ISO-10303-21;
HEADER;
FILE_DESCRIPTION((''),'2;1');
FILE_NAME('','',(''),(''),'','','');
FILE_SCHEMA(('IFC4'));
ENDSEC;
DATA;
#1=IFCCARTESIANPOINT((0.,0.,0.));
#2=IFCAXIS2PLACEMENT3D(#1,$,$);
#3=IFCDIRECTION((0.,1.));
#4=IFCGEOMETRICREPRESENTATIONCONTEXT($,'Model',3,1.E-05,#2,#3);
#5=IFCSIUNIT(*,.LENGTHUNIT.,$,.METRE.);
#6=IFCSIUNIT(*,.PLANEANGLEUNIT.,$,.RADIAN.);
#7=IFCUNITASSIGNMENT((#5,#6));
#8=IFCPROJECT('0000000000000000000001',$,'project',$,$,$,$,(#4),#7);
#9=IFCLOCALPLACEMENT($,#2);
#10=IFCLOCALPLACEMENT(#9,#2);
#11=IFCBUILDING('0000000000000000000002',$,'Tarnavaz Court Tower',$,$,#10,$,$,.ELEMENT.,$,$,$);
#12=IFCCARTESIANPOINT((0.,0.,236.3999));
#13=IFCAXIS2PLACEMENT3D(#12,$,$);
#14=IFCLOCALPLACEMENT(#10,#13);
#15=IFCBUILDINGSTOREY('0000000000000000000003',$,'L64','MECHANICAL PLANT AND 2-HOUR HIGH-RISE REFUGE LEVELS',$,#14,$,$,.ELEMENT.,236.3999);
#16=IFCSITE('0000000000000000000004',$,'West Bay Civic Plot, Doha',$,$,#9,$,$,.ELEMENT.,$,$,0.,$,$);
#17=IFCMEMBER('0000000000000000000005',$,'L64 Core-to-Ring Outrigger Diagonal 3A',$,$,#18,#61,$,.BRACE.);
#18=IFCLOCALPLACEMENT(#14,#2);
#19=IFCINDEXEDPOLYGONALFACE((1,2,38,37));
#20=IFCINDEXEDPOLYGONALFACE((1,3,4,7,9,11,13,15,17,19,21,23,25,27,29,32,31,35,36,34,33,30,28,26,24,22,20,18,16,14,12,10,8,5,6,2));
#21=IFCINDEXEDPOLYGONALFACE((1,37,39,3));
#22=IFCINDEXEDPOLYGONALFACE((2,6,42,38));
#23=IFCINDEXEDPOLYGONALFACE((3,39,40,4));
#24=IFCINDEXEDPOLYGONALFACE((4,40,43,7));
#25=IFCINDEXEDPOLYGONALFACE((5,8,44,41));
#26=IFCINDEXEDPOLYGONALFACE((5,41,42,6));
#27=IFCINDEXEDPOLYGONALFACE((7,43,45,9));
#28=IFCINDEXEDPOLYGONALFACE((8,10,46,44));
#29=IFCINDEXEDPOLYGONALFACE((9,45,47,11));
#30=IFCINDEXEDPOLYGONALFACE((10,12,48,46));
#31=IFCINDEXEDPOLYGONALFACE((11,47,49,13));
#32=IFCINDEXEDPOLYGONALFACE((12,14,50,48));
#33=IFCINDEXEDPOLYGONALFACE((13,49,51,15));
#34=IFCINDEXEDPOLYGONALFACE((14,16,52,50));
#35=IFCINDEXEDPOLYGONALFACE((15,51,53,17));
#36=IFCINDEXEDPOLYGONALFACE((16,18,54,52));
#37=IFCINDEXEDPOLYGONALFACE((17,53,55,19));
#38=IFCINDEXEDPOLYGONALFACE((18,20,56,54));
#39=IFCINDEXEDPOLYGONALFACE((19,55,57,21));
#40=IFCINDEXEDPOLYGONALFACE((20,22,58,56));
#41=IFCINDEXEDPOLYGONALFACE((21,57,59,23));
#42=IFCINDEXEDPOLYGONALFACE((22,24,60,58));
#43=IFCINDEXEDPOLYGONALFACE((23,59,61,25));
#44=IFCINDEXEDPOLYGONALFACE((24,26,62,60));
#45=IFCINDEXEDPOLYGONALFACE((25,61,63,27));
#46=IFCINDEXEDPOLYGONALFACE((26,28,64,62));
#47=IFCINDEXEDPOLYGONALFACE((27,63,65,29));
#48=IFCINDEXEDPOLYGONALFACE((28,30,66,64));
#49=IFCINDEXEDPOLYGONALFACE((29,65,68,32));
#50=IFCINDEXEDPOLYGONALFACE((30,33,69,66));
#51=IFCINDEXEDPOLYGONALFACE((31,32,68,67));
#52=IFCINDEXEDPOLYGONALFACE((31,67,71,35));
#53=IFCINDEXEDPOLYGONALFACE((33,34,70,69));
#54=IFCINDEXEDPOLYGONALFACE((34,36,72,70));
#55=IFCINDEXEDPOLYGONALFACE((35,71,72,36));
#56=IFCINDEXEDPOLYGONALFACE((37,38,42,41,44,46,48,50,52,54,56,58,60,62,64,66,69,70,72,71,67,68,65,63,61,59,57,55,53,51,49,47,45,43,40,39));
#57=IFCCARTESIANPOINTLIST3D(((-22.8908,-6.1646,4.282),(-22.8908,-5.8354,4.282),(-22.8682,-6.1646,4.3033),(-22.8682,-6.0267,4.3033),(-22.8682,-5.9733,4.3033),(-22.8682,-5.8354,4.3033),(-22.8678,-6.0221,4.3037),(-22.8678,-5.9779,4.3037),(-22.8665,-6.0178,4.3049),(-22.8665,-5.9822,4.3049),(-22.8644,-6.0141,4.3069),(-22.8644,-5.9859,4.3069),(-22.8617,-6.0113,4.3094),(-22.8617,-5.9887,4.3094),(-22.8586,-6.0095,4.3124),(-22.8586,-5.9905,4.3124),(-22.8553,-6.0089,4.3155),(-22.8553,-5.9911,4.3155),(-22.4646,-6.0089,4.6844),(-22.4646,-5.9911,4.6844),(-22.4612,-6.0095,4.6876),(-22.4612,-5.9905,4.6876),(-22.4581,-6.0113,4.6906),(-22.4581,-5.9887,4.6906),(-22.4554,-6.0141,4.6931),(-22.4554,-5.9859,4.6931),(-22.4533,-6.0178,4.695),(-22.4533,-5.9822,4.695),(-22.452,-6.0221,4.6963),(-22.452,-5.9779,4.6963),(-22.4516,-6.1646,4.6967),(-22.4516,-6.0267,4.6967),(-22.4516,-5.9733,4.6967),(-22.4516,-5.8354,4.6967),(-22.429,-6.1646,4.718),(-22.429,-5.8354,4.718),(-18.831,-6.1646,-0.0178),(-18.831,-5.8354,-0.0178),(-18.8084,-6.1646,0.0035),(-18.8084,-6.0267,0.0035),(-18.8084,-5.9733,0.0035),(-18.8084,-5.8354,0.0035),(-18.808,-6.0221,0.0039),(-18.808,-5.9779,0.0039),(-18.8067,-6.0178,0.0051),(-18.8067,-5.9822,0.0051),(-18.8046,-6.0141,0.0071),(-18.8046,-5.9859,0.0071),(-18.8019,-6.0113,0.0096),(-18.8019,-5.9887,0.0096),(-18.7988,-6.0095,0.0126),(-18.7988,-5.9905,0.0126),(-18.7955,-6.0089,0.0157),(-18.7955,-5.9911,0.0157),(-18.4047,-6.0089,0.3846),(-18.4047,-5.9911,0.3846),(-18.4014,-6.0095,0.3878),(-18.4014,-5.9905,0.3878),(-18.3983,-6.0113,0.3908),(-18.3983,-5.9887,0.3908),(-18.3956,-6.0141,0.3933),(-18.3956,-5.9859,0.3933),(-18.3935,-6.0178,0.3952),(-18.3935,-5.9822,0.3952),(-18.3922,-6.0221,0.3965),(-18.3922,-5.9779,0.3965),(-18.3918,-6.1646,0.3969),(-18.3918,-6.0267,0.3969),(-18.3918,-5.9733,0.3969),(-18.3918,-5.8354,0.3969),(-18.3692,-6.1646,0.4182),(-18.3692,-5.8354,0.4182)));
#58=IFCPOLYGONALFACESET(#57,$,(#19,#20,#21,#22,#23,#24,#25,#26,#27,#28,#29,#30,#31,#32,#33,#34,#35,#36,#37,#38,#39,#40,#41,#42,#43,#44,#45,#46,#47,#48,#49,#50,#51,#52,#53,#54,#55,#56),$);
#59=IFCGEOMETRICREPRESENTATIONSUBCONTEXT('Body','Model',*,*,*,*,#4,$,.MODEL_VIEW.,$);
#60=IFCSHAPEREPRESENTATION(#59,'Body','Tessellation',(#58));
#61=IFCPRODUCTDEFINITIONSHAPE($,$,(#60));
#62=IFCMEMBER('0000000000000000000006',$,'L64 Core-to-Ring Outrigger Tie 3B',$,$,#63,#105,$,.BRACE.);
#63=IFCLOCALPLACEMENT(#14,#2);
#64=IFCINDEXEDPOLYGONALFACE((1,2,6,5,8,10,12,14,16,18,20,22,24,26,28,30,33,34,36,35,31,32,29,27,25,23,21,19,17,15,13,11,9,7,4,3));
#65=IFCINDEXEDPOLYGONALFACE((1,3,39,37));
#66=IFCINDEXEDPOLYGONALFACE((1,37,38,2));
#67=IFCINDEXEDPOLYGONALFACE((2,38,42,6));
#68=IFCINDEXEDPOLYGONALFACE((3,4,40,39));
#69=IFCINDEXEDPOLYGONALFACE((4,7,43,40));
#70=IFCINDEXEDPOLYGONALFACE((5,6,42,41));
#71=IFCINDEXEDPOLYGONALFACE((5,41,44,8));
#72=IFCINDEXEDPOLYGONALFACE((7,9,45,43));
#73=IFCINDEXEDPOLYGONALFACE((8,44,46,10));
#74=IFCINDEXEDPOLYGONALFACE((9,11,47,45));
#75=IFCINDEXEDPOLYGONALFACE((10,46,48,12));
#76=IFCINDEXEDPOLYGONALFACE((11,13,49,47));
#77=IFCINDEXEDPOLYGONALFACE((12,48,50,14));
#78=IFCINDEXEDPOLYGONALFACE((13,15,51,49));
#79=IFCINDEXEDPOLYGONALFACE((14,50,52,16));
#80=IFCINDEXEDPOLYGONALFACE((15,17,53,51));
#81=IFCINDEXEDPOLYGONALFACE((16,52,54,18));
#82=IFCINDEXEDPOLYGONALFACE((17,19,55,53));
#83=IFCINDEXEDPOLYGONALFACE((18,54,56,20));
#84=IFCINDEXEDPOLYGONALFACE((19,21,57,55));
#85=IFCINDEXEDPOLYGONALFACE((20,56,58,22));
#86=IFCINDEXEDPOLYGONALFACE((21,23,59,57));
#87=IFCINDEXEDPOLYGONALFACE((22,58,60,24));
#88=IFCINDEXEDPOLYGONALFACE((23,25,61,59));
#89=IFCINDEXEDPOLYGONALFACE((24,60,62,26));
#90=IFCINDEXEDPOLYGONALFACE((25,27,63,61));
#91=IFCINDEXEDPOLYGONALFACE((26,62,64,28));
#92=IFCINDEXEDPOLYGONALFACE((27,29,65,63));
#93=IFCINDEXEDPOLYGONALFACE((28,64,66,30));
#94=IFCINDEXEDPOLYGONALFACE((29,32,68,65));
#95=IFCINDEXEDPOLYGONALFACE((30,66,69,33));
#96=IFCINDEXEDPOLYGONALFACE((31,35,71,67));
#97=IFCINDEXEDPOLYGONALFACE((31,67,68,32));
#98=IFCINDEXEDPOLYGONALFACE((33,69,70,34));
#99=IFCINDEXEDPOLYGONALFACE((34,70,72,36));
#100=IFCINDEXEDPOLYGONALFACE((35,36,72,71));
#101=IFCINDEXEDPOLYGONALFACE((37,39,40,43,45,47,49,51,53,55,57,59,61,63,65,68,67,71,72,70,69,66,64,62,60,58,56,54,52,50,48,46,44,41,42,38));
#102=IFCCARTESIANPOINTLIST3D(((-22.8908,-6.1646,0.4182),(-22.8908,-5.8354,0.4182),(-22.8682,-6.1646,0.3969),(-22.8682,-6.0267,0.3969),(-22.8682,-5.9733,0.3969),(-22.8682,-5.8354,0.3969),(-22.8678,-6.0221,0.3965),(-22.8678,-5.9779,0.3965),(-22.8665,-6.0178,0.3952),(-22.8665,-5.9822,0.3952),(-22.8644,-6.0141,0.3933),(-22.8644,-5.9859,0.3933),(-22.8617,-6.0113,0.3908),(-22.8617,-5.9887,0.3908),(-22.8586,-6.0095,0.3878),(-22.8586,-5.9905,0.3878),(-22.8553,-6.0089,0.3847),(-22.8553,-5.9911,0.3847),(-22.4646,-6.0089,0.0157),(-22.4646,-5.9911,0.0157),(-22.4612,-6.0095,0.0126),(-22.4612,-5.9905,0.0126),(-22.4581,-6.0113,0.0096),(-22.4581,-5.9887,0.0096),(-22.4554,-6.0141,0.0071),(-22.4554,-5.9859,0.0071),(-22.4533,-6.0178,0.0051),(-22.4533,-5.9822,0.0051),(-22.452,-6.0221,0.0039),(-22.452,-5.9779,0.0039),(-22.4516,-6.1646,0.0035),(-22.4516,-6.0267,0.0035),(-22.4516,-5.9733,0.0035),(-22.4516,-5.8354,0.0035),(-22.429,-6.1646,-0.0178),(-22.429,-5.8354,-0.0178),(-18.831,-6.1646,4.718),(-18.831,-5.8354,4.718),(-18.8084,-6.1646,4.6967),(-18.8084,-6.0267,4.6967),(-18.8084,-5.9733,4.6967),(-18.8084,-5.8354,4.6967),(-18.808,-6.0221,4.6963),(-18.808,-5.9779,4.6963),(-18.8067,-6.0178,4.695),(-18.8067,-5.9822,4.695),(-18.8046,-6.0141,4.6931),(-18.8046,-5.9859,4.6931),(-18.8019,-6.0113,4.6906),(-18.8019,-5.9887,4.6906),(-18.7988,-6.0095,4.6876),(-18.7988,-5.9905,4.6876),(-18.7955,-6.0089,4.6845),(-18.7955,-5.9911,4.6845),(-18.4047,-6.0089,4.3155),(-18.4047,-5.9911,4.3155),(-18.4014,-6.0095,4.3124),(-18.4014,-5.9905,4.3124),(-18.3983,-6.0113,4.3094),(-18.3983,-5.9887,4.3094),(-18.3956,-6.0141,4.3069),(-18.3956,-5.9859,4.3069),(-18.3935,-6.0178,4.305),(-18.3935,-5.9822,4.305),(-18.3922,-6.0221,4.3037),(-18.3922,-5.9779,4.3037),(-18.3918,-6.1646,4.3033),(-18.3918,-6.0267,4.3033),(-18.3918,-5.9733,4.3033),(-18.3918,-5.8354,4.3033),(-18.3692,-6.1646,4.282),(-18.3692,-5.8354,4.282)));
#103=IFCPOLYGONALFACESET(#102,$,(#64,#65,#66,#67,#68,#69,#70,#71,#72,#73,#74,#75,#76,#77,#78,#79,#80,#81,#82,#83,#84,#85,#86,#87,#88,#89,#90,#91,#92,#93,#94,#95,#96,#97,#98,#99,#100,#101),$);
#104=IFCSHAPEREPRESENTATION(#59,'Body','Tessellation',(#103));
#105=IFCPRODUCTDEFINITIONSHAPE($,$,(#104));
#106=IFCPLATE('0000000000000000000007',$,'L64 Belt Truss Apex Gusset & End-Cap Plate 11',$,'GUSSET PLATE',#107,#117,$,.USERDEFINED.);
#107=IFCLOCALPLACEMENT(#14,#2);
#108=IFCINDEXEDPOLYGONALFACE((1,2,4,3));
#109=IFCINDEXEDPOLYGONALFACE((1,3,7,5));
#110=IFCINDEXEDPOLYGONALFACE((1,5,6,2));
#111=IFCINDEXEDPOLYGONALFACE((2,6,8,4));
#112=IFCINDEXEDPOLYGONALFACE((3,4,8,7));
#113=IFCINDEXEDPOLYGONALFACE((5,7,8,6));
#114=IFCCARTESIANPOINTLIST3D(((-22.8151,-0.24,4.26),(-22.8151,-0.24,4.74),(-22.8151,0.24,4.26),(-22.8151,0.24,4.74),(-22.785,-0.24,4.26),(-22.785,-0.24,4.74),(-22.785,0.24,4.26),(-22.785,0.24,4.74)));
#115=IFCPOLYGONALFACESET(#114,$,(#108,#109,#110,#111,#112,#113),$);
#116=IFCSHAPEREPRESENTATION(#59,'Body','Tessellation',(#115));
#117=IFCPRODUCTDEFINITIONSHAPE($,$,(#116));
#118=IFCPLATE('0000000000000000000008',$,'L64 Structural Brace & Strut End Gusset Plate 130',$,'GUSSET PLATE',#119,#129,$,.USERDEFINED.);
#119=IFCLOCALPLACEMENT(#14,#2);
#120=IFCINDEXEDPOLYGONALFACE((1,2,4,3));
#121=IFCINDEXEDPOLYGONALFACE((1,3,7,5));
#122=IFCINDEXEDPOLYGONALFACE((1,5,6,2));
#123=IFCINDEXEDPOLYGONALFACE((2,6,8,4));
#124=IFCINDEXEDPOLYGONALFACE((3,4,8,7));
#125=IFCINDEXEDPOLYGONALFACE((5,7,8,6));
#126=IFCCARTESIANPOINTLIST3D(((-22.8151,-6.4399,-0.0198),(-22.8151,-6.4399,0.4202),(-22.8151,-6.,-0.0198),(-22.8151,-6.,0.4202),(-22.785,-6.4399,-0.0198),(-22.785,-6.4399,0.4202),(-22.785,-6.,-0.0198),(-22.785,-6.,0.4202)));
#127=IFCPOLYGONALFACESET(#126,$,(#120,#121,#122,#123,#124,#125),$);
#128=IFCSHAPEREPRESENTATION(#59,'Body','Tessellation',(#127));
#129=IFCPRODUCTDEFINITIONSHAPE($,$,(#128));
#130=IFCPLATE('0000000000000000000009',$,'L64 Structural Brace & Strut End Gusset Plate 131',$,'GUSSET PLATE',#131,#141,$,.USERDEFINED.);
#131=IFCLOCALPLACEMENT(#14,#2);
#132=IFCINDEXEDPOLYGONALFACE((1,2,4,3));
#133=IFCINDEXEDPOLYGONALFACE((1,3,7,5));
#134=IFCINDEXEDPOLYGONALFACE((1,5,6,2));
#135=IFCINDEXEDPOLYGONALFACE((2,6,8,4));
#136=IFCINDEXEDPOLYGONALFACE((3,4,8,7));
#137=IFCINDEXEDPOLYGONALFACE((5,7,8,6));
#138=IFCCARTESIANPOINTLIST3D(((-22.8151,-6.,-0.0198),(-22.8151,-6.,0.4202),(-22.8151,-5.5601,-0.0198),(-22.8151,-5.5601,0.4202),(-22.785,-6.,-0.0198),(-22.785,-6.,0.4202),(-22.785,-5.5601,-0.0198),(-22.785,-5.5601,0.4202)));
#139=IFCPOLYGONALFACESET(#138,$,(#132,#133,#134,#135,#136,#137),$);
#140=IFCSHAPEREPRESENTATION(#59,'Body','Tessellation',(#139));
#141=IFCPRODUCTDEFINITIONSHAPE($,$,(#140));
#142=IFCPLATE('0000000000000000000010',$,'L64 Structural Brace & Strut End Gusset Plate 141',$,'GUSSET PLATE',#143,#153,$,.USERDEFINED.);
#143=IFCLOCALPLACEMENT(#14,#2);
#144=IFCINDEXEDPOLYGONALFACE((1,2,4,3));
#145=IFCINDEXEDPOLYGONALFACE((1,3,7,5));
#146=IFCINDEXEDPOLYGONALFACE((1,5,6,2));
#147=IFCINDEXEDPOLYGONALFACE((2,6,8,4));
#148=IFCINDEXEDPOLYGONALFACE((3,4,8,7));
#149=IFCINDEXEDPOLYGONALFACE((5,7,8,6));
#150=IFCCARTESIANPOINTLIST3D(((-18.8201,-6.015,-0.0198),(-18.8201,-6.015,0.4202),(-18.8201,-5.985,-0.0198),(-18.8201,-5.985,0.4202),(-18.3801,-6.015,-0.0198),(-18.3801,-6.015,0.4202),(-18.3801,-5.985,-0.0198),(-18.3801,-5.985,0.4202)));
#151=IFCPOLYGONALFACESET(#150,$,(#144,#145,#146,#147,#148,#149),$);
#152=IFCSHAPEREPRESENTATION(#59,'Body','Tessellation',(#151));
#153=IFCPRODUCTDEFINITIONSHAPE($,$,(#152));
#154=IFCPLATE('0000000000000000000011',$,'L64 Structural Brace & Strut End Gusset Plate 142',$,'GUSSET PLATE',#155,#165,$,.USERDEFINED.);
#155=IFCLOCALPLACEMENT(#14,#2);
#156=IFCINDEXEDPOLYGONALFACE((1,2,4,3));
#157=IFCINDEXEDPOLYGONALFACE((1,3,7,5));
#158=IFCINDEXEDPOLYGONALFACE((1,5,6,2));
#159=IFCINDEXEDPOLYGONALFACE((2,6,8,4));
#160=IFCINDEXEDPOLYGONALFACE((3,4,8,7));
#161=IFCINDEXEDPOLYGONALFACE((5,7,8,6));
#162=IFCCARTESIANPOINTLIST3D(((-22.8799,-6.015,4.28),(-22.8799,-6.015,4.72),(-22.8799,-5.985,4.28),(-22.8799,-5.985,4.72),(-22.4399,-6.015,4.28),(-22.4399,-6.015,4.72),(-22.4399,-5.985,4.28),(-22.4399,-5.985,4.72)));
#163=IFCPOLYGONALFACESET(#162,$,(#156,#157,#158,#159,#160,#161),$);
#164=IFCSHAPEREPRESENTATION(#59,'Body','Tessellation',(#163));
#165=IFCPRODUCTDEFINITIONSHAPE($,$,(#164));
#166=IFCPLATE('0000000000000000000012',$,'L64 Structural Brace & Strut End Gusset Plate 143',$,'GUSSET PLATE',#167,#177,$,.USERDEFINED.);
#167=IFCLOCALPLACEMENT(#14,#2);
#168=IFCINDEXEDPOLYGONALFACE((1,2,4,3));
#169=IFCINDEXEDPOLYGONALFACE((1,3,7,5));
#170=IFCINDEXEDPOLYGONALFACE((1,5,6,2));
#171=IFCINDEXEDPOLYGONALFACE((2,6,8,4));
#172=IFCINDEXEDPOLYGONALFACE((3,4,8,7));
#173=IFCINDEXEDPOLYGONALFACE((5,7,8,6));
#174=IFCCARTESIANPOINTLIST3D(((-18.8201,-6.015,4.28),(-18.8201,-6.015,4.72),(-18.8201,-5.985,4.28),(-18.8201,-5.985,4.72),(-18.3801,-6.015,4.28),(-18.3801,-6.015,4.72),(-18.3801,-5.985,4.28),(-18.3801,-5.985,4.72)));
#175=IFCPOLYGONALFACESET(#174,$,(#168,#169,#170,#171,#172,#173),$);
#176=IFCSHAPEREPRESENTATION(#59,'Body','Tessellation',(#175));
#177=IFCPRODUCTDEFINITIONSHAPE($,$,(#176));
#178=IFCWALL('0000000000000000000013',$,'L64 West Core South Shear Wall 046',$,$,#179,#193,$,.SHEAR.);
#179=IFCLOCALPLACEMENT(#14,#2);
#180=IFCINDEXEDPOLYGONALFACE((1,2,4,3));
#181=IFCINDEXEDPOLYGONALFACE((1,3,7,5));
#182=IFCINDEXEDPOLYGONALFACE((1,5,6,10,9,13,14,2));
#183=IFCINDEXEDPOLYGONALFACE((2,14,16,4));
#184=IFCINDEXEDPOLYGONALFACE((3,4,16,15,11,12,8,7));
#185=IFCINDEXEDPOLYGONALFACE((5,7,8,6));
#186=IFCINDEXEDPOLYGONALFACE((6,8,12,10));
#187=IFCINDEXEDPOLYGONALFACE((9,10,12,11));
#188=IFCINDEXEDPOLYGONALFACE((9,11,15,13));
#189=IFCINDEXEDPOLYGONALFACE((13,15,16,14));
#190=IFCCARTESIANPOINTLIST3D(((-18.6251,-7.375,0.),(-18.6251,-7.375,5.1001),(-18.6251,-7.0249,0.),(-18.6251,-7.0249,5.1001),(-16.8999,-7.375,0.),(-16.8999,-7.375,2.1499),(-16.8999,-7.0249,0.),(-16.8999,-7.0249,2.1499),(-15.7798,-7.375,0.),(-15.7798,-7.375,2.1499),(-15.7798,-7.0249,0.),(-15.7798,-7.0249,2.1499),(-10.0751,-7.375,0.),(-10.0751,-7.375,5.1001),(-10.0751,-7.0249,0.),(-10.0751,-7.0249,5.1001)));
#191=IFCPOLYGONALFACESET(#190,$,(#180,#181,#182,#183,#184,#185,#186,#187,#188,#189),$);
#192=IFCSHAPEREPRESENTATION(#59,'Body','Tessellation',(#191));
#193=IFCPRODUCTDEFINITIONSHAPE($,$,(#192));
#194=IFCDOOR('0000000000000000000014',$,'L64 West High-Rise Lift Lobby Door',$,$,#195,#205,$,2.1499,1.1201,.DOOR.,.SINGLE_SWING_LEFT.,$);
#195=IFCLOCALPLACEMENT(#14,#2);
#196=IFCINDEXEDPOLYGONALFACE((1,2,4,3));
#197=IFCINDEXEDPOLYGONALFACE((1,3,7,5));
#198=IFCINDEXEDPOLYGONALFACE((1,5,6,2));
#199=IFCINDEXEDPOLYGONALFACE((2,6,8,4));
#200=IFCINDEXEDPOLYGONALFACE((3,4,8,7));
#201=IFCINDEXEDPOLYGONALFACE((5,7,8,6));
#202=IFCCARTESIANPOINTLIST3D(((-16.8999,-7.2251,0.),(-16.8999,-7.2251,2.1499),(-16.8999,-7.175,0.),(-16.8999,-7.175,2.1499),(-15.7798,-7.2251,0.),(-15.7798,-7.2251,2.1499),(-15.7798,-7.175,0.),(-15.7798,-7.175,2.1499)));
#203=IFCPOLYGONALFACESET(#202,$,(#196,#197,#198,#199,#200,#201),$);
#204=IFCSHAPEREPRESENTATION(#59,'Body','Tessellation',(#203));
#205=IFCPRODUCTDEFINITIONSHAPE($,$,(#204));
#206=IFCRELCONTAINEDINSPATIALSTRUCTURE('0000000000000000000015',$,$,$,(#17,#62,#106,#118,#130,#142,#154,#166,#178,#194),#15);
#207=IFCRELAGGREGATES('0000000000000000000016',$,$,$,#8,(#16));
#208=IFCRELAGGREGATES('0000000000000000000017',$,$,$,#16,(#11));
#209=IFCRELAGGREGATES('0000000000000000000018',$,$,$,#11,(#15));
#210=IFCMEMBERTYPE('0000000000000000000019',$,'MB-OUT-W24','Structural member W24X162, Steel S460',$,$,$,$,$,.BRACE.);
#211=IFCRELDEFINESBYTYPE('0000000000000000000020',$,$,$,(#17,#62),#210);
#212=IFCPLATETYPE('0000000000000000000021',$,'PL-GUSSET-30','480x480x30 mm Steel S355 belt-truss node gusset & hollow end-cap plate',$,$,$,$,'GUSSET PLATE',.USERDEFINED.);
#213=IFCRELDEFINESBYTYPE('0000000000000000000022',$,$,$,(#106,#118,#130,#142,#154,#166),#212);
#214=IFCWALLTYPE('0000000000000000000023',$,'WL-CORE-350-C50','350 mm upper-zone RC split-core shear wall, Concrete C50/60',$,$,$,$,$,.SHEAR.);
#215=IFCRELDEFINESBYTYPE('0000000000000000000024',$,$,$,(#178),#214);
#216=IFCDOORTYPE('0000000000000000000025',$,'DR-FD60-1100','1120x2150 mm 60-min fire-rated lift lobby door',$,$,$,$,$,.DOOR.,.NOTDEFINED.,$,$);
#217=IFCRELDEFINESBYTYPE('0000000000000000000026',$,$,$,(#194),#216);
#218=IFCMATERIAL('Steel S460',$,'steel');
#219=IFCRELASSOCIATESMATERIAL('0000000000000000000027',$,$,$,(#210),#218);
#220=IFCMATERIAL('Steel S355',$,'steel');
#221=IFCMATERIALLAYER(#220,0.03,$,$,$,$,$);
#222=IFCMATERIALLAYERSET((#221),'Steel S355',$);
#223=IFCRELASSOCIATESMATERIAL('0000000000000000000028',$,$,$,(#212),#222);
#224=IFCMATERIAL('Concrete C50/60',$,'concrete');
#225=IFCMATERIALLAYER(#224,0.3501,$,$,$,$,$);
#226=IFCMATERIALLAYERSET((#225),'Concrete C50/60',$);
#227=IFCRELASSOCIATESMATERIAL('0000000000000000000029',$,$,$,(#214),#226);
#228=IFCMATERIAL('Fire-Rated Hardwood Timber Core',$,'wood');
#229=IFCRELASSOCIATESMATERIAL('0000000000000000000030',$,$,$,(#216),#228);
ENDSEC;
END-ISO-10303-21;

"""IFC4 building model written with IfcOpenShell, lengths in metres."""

from ifc_helpers import new_model, si_unit, direction, frame, frame_2d, origin, origin_2d, place, context, subcontext, project, spatial, rectangle, i_section, extrude, material, layer, layer_set, material_profile, profile_set, type_object, element, fill, save


model = new_model("IFC4")

# Units and contexts
model_context = context("Model", 3, precision=1e-05, world=origin(), true_north=direction((0.0, 1.0)))
body_context = subcontext(model_context, "Body", "Model", "MODEL_VIEW")
ifc_project = project(units=[si_unit("LENGTHUNIT", "METRE"), si_unit("PLANEANGLEUNIT", "RADIAN")], contexts=[model_context])

# Site, building, storey
site_placement = place(None, origin())
site = spatial("IfcSite", under=ifc_project, at=site_placement, Name="West Bay Civic Plot, Doha", CompositionType="ELEMENT", RefElevation=0.0)
building_placement = place(site_placement, origin())
building = spatial("IfcBuilding", under=site, at=building_placement, Name="Tarnavaz Court Tower", CompositionType="ELEMENT")
storey_placement = place(building_placement, frame((0.0, 0.0, 236.3999)))
storey = spatial("IfcBuildingStorey", under=building, at=storey_placement, Name="L64", Description="MECHANICAL PLANT AND 2-HOUR HIGH-RISE REFUGE LEVELS", CompositionType="ELEMENT", Elevation=236.3999)

# Shared definitions
ifc_material_1 = material(Name="Concrete C50/60", Category="concrete")
ifc_material_2 = material(Name="Steel S460", Category="steel")

# Members
ifc_material_profile_1 = material_profile(ifc_material_2, i_section(OverallWidth=0.3291, OverallDepth=0.635, WebThickness=0.0178, FlangeThickness=0.031, FilletRadius=0.0178, at=origin_2d()), Name="W24X162")
ifc_profile_set_1 = profile_set([ifc_material_profile_1], Name="Steel S460")
member_type_1 = type_object("IfcMemberType", Name="MB-OUT-W24", Description="Structural member W24X162, Steel S460", PredefinedType="BRACE", material=ifc_profile_set_1)
for number, where, z_axis, x_axis, name in (
    (1, (-18.6001, -6.0, 0.2002), (-0.686524, 0.0, 0.727107), (0.0, -1.0, 0.0), "L64 Core-to-Ring Outrigger Diagonal 3A"),
    (2, (-18.6001, -6.0, 4.5), (-0.686524, 0.0, -0.727107), (0.0, -1.0, 0.0), "L64 Core-to-Ring Outrigger Tie 3B"),
):
    element("IfcMember", number, at=place(storey_placement, frame(where, z_axis=z_axis, x_axis=x_axis)), inside=storey, type_object=member_type_1, Name=name, PredefinedType="BRACE", context=body_context, shape_type="SweptSolid", body=[
        extrude(i_section(OverallWidth=0.3291, OverallDepth=0.635, WebThickness=0.0178, FlangeThickness=0.031, FilletRadius=0.0178, at=origin_2d()), origin(), (0.0, 0.0, 1.0), 5.9136),
    ])

# Plates
ifc_material_3 = material(Name="Steel S355", Category="steel")
ifc_layer_1 = layer(ifc_material_3, 0.03)
ifc_layer_set_1 = layer_set([ifc_layer_1], Name="Steel S355")
plate_type = type_object("IfcPlateType", Name="PL-GUSSET-30", Description="480x480x30 mm Steel S355 belt-truss node gusset & hollow end-cap plate", ElementType="GUSSET PLATE", PredefinedType="USERDEFINED", material=ifc_layer_set_1)
plate_placement = place(storey_placement, frame((-22.8, 0.0, 4.26), z_axis=(0.0, 0.0, 1.0), x_axis=(0.0, 1.0, 0.0)))
element("IfcPlate", 3, at=plate_placement, inside=storey, type_object=plate_type, Name="L64 Belt Truss Apex Gusset & End-Cap Plate 11", ObjectType="GUSSET PLATE", PredefinedType="USERDEFINED", context=body_context, shape_type="SweptSolid", body=[
    extrude(rectangle(XDim=0.48, YDim=0.03, at=origin_2d()), origin(), (0.0, 0.0, 1.0), 0.48),
])
for number, where, z_axis, x_axis, name in (
    (4, (-22.8, -6.22, -0.0198), (0.0, 0.0, 1.0), (0.0, 1.0, 0.0), "L64 Structural Brace & Strut End Gusset Plate 130"),
    (5, (-22.8, -5.78, -0.0198), (0.0, 0.0, 1.0), (0.0, 1.0, 0.0), "L64 Structural Brace & Strut End Gusset Plate 131"),
    (6, (-18.6001, -6.0, -0.0198), (0.0, 0.0, 1.0), (1.0, 0.0, 0.0), "L64 Structural Brace & Strut End Gusset Plate 141"),
    (7, (-22.6599, -6.0, 4.28), (0.0, 0.0, 1.0), (1.0, 0.0, 0.0), "L64 Structural Brace & Strut End Gusset Plate 142"),
    (8, (-18.6001, -6.0, 4.28), (0.0, 0.0, 1.0), (1.0, 0.0, 0.0), "L64 Structural Brace & Strut End Gusset Plate 143"),
):
    element("IfcPlate", number, at=place(storey_placement, frame(where, z_axis=z_axis, x_axis=x_axis)), inside=storey, type_object=plate_type, Name=name, ObjectType="GUSSET PLATE", PredefinedType="USERDEFINED", context=body_context, shape_type="SweptSolid", body=[
        extrude(rectangle(XDim=0.4399, YDim=0.03, at=origin_2d()), origin(), (0.0, 0.0, 1.0), 0.4399),
    ])

# Wall, opening, door
ifc_layer_2 = layer(ifc_material_1, 0.3501)
ifc_layer_set_2 = layer_set([ifc_layer_2], Name="Concrete C50/60")
wall_type = type_object("IfcWallType", Name="WL-CORE-350-C50", Description="350 mm upper-zone RC split-core shear wall, Concrete C50/60", PredefinedType="SHEAR", material=ifc_layer_set_2)
wall_placement = place(storey_placement, frame((-18.625, -7.2, 0.0), z_axis=(0.0, 0.0, 1.0), x_axis=(1.0, 0.0, 0.0)))
wall = element("IfcWall", 9, at=wall_placement, inside=storey, type_object=wall_type, Name="L64 West Core South Shear Wall 046", PredefinedType="SHEAR", context=body_context, shape_type="SweptSolid", body=[
    extrude(rectangle(XDim=8.55, YDim=0.3501, at=frame_2d((4.2749, 0.0))), origin(), (0.0, 0.0, 1.0), 5.1001),
])
opening_placement = place(wall_placement, frame((1.7251, 0.0, 0.0)))
opening = element("IfcOpeningElement", 10, at=opening_placement, cuts=wall, PredefinedType="OPENING", context=body_context, shape_type="SweptSolid", body=[
    extrude(rectangle(XDim=1.1201, YDim=2.1499, at=frame_2d((0.5601, 1.075))), frame((0.0, 0.1851, 0.0), z_axis=(0.0, -1.0, 0.0), x_axis=(1.0, 0.0, 0.0)), (0.0, 0.0, 1.0), 0.3701),
])
ifc_material_4 = material(Name="Fire-Rated Hardwood Timber Core", Category="wood")
door_type = type_object("IfcDoorType", Name="DR-FD60-1100", Description="1120x2150 mm 60-min fire-rated lift lobby door", OperationType="NOTDEFINED", PredefinedType="DOOR", material=ifc_material_4)
door_placement = place(opening_placement, origin())
door = element("IfcDoor", 11, at=door_placement, inside=storey, type_object=door_type, Name="L64 West High-Rise Lift Lobby Door", OperationType="SINGLE_SWING_LEFT", OverallHeight=2.1499, OverallWidth=1.1201, PredefinedType="DOOR", context=body_context, shape_type="SweptSolid", body=[
    extrude(rectangle(XDim=1.1201, YDim=2.1499, at=frame_2d((0.5601, 1.075))), frame((0.0, 0.0249, 0.0), z_axis=(0.0, -1.0, 0.0), x_axis=(1.0, 0.0, 0.0)), (0.0, 0.0, 1.0), 0.05),
])
fill(opening, door)

save(model, "model.ifc")
